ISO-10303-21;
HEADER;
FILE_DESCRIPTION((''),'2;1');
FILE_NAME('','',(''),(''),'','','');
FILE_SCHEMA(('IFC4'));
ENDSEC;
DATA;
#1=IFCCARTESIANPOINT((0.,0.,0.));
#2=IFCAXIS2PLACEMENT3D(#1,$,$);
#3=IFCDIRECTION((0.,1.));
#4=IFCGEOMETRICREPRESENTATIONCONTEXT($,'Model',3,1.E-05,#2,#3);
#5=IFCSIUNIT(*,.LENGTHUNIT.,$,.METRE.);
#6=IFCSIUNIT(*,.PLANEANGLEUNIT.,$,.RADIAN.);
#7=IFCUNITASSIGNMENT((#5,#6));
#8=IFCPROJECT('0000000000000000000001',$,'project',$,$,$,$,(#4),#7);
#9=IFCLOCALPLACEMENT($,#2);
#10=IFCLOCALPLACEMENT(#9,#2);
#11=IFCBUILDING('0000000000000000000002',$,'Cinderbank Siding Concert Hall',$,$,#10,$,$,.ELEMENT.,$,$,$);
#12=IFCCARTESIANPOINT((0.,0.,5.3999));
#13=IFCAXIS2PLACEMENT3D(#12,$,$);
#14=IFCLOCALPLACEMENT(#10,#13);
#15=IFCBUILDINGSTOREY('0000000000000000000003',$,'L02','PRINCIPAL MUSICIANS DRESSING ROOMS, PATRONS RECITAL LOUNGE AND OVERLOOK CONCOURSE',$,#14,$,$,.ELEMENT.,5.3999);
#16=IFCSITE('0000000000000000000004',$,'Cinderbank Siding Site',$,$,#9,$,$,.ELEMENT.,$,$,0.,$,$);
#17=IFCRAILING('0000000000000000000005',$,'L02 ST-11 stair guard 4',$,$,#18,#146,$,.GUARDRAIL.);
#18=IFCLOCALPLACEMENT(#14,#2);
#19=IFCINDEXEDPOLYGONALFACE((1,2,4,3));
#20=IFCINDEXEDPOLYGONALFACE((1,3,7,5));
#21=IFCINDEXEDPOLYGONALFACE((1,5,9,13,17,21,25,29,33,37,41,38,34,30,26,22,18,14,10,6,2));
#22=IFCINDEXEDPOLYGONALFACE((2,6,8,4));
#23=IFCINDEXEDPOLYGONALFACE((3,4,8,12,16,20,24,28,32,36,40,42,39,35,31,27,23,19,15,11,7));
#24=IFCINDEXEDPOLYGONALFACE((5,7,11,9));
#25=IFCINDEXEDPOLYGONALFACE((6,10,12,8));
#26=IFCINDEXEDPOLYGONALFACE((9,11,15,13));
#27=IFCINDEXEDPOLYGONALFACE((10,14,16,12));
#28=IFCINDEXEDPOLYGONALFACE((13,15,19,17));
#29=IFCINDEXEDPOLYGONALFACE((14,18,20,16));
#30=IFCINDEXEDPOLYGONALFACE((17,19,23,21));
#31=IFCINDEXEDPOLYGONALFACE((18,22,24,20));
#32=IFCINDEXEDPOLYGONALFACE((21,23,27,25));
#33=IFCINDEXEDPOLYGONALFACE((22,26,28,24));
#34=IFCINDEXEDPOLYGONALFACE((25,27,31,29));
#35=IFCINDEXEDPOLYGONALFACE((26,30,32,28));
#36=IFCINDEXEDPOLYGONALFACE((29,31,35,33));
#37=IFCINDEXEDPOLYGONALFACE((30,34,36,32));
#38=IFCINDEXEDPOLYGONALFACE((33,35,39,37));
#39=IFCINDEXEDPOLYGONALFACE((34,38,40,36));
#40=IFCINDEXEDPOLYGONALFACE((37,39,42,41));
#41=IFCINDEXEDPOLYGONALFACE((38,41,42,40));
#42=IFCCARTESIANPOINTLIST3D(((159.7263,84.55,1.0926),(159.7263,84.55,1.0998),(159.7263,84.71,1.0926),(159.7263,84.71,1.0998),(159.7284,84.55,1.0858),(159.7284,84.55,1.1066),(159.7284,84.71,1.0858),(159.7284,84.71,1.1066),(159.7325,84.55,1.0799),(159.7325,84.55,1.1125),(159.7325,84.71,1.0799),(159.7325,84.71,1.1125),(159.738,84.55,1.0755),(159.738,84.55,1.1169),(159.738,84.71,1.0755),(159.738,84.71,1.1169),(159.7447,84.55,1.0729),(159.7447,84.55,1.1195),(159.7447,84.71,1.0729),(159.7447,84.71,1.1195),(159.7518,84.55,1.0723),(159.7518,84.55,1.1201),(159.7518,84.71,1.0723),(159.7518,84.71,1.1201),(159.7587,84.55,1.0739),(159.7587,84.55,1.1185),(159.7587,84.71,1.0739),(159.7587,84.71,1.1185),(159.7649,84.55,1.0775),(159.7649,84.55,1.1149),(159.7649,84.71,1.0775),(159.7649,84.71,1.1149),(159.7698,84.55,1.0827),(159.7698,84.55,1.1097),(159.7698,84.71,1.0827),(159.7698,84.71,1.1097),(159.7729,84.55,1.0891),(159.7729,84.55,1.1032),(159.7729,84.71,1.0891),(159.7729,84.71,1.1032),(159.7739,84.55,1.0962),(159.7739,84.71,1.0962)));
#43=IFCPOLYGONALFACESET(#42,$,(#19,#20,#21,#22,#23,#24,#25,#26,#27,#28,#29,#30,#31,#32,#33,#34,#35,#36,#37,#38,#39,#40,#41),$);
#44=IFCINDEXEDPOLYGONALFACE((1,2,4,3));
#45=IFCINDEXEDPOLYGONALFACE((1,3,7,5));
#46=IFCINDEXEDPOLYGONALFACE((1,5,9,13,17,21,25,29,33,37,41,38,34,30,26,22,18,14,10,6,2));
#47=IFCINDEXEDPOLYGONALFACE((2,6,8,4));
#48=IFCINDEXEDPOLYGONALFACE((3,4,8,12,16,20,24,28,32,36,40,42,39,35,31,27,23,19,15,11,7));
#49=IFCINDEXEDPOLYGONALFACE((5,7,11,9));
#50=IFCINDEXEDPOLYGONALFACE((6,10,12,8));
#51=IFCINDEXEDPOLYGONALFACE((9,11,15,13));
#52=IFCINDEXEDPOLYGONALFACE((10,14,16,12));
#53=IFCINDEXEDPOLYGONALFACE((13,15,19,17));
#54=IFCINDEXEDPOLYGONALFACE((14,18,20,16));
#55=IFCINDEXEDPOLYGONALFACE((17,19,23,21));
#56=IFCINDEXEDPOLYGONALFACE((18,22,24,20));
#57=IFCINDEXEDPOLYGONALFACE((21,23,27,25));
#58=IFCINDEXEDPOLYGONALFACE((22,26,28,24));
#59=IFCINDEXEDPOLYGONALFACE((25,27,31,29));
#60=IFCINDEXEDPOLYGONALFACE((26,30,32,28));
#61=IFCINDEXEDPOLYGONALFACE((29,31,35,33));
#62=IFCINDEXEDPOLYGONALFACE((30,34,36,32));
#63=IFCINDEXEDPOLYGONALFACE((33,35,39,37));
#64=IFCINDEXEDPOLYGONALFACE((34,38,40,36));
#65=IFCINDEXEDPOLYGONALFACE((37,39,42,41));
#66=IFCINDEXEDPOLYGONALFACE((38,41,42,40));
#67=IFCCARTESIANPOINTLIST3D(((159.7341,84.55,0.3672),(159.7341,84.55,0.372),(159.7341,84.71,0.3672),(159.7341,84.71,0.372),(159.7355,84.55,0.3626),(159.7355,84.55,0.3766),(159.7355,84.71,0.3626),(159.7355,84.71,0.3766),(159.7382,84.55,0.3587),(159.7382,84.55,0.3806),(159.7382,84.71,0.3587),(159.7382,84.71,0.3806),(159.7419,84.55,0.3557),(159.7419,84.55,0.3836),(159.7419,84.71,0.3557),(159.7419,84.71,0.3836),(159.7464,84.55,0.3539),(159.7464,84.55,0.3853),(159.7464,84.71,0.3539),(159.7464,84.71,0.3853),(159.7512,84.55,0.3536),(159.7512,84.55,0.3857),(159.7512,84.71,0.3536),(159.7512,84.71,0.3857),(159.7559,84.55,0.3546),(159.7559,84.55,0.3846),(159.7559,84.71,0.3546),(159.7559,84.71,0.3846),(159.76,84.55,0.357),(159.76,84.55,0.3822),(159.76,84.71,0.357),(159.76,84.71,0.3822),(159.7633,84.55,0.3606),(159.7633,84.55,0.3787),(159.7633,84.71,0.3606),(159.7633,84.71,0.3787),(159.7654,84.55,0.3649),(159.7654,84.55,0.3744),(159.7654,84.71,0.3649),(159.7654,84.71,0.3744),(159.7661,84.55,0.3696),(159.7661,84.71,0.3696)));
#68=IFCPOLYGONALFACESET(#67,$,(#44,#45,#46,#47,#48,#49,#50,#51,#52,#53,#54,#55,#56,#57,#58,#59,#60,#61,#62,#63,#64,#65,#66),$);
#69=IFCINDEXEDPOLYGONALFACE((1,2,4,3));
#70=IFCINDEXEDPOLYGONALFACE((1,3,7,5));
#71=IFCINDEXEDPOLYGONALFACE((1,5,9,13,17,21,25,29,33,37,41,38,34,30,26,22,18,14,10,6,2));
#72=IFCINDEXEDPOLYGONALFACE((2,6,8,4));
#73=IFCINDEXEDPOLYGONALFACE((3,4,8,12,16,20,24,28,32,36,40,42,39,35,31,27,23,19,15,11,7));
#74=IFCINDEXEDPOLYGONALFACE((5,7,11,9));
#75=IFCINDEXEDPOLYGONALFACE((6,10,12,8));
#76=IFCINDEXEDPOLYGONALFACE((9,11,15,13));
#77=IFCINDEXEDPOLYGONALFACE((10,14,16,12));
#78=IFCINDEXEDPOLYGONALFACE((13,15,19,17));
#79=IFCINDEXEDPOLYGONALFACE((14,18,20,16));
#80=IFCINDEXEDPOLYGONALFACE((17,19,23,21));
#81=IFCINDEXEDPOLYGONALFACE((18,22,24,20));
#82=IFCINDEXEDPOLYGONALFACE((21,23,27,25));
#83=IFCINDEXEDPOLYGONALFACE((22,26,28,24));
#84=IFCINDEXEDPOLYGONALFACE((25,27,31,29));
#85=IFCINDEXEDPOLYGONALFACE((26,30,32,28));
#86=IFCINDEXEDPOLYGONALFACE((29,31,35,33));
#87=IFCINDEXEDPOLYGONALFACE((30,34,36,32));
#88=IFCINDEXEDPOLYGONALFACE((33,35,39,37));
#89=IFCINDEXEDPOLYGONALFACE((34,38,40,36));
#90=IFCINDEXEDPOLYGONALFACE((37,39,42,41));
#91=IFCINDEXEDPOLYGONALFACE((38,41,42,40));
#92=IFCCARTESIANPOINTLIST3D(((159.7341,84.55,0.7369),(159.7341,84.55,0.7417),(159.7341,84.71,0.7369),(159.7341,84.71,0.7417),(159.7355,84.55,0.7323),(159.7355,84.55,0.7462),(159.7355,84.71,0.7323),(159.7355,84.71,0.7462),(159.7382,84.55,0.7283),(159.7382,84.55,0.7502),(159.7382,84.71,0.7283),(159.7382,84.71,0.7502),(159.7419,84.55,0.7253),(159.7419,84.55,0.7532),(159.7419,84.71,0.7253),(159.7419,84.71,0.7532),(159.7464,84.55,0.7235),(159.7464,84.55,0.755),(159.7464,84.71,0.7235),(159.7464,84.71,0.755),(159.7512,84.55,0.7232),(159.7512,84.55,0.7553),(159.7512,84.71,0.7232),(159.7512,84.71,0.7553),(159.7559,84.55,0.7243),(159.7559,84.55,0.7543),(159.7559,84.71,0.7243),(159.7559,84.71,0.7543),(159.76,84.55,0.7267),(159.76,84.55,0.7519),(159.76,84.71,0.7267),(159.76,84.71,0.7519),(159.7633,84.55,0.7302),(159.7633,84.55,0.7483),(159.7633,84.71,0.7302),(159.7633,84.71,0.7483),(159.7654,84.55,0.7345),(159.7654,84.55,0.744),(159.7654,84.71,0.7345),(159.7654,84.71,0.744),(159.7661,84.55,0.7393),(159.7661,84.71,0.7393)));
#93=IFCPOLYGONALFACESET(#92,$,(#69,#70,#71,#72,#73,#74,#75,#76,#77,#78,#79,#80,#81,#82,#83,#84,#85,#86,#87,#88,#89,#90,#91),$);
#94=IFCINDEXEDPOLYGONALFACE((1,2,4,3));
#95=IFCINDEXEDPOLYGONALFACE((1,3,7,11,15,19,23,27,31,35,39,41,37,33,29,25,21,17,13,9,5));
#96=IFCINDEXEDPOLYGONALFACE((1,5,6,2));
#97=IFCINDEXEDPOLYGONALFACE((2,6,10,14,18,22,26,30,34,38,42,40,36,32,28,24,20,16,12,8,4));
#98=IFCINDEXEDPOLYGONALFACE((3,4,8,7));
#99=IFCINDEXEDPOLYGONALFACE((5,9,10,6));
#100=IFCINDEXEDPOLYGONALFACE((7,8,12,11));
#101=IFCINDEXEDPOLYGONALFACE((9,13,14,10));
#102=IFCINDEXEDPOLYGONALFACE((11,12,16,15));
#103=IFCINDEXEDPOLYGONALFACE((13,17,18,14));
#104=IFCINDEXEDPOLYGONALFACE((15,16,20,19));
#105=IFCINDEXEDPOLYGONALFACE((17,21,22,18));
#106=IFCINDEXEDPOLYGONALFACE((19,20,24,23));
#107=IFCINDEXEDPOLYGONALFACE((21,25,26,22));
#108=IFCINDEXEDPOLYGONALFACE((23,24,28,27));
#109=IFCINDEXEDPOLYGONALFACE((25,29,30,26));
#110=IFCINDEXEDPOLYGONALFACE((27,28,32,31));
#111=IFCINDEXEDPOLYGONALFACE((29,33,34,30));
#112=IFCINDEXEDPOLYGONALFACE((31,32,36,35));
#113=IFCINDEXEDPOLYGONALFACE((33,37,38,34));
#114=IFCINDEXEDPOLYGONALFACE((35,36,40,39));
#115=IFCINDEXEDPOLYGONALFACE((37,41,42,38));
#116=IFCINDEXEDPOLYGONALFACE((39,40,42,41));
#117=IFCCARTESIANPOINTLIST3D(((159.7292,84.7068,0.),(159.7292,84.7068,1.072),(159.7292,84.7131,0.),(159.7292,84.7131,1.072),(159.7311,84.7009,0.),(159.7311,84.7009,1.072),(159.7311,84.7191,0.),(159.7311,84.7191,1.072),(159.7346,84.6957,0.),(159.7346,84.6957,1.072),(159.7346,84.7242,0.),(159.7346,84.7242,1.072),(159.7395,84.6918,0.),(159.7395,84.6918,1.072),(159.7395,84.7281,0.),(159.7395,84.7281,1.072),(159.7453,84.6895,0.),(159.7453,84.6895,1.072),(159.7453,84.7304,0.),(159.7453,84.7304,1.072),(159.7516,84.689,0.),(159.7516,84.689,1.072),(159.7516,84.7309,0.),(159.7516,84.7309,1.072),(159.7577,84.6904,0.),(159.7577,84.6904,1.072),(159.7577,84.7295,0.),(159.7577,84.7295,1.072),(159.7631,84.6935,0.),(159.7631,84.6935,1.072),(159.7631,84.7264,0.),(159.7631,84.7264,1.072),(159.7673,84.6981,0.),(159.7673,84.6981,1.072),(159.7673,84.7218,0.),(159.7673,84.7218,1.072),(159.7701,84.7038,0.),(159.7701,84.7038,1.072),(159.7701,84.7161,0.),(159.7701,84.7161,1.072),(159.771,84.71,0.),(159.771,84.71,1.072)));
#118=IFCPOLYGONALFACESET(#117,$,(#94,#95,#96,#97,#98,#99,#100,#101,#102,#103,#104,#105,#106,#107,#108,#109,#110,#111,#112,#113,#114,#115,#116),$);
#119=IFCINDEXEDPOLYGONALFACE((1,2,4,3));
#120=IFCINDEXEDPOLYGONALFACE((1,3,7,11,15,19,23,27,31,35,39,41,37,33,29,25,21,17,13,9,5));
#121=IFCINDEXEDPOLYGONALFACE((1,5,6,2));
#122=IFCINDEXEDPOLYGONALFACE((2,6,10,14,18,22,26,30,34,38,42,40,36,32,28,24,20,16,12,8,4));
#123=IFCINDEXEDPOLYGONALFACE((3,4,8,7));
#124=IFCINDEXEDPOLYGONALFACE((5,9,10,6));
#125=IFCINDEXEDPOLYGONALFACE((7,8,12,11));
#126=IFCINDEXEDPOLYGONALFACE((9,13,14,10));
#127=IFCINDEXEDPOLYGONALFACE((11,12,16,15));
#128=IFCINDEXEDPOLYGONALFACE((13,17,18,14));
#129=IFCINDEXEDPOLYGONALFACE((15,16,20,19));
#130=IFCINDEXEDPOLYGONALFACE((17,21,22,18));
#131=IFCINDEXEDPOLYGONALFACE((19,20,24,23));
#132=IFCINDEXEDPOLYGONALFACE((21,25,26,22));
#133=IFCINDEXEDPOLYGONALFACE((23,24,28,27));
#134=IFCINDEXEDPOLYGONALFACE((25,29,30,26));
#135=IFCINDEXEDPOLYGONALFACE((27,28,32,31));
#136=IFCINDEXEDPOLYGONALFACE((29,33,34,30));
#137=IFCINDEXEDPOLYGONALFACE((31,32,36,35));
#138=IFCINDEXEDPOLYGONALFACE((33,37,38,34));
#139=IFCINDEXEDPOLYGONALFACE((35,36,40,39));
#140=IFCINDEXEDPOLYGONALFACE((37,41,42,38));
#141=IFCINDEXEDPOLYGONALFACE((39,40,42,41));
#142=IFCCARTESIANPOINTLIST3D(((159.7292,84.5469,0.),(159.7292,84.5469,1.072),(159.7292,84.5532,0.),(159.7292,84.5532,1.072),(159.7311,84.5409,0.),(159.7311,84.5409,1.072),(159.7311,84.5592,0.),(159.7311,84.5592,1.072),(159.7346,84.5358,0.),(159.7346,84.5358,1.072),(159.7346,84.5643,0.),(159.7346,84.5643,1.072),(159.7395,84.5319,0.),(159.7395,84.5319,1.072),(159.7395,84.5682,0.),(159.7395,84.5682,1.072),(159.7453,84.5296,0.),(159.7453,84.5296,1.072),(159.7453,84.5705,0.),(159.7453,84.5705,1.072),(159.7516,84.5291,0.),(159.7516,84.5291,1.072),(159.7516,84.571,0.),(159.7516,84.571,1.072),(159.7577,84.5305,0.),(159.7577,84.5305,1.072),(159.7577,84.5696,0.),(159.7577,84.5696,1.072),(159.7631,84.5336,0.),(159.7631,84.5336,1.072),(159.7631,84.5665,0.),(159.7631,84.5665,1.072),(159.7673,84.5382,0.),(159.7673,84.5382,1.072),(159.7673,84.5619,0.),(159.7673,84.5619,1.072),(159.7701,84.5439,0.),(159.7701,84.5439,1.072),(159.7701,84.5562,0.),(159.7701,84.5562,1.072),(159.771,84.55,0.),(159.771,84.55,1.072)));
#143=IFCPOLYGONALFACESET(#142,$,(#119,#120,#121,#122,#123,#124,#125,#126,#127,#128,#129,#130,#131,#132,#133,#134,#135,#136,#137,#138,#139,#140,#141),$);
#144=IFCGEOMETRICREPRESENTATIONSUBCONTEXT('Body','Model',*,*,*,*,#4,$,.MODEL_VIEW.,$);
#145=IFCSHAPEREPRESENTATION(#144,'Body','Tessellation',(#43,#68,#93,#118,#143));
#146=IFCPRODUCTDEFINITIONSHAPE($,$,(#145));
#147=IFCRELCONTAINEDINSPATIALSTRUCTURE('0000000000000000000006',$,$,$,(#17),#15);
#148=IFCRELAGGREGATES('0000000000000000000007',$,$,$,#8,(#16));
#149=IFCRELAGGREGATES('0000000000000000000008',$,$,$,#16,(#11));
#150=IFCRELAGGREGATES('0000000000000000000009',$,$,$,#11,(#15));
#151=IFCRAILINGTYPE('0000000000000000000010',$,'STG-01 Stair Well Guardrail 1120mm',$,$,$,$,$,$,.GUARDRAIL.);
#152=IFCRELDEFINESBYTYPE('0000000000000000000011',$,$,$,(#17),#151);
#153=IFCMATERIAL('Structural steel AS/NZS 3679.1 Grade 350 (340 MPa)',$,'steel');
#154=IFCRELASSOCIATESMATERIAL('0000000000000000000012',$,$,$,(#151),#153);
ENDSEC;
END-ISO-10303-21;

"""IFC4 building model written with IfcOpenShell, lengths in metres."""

from ifc_helpers import new_model, si_unit, direction, frame, origin, origin_2d, place, context, subcontext, project, spatial, circle, extrude, material, type_object, element, save


model = new_model("IFC4")

# Units and contexts
model_context = context("Model", 3, precision=1e-05, world=origin(), true_north=direction((0.0, 1.0)))
body_context = subcontext(model_context, "Body", "Model", "MODEL_VIEW")
ifc_project = project(units=[si_unit("LENGTHUNIT", "METRE"), si_unit("PLANEANGLEUNIT", "RADIAN")], contexts=[model_context])

# Site, building, storey
site_placement = place(None, origin())
site = spatial("IfcSite", under=ifc_project, at=site_placement, Name="Cinderbank Siding Site", CompositionType="ELEMENT", RefElevation=0.0)
building_placement = place(site_placement, origin())
building = spatial("IfcBuilding", under=site, at=building_placement, Name="Cinderbank Siding Concert Hall", CompositionType="ELEMENT")
storey_placement = place(building_placement, frame((0.0, 0.0, 5.3999)))
storey = spatial("IfcBuildingStorey", under=building, at=storey_placement, Name="L02", Description="PRINCIPAL MUSICIANS DRESSING ROOMS, PATRONS RECITAL LOUNGE AND OVERLOOK CONCOURSE", CompositionType="ELEMENT", Elevation=5.3999)

# Shared definitions
ifc_material_1 = material(Name="Structural steel AS/NZS 3679.1 Grade 350 (340 MPa)", Category="steel")

# Railing
railing_type_1 = type_object("IfcRailingType", Name="STG-01 Stair Well Guardrail 1120mm", PredefinedType="GUARDRAIL", material=ifc_material_1)
railing_1_placement = place(storey_placement, frame((159.75, 84.71, 0.0)))
element("IfcRailing", 1, at=railing_1_placement, inside=storey, type_object=railing_type_1, Name="L02 ST-11 stair guard 4", PredefinedType="GUARDRAIL", context=body_context, shape_type="SweptSolid", body=[
    extrude(circle(Radius=0.0239, at=origin_2d()), frame((0.0, 0.0, 1.0962), z_axis=(0.0, -1.0, 0.0), x_axis=(1.0, 0.0, 0.0)), (0.0, 0.0, 1.0), 0.1599),
    extrude(circle(Radius=0.0161, at=origin_2d()), frame((0.0, 0.0, 0.3696), z_axis=(0.0, -1.0, 0.0), x_axis=(1.0, 0.0, 0.0)), (0.0, 0.0, 1.0), 0.1599),
    extrude(circle(Radius=0.0161, at=origin_2d()), frame((0.0, 0.0, 0.7393), z_axis=(0.0, -1.0, 0.0), x_axis=(1.0, 0.0, 0.0)), (0.0, 0.0, 1.0), 0.1599),
    extrude(circle(Radius=0.021, at=origin_2d()), origin(), (0.0, 0.0, 1.0), 1.072),
    extrude(circle(Radius=0.021, at=origin_2d()), frame((0.0, -0.1599, 0.0)), (0.0, 0.0, 1.0), 1.072),
])

save(model, "model.ifc")
